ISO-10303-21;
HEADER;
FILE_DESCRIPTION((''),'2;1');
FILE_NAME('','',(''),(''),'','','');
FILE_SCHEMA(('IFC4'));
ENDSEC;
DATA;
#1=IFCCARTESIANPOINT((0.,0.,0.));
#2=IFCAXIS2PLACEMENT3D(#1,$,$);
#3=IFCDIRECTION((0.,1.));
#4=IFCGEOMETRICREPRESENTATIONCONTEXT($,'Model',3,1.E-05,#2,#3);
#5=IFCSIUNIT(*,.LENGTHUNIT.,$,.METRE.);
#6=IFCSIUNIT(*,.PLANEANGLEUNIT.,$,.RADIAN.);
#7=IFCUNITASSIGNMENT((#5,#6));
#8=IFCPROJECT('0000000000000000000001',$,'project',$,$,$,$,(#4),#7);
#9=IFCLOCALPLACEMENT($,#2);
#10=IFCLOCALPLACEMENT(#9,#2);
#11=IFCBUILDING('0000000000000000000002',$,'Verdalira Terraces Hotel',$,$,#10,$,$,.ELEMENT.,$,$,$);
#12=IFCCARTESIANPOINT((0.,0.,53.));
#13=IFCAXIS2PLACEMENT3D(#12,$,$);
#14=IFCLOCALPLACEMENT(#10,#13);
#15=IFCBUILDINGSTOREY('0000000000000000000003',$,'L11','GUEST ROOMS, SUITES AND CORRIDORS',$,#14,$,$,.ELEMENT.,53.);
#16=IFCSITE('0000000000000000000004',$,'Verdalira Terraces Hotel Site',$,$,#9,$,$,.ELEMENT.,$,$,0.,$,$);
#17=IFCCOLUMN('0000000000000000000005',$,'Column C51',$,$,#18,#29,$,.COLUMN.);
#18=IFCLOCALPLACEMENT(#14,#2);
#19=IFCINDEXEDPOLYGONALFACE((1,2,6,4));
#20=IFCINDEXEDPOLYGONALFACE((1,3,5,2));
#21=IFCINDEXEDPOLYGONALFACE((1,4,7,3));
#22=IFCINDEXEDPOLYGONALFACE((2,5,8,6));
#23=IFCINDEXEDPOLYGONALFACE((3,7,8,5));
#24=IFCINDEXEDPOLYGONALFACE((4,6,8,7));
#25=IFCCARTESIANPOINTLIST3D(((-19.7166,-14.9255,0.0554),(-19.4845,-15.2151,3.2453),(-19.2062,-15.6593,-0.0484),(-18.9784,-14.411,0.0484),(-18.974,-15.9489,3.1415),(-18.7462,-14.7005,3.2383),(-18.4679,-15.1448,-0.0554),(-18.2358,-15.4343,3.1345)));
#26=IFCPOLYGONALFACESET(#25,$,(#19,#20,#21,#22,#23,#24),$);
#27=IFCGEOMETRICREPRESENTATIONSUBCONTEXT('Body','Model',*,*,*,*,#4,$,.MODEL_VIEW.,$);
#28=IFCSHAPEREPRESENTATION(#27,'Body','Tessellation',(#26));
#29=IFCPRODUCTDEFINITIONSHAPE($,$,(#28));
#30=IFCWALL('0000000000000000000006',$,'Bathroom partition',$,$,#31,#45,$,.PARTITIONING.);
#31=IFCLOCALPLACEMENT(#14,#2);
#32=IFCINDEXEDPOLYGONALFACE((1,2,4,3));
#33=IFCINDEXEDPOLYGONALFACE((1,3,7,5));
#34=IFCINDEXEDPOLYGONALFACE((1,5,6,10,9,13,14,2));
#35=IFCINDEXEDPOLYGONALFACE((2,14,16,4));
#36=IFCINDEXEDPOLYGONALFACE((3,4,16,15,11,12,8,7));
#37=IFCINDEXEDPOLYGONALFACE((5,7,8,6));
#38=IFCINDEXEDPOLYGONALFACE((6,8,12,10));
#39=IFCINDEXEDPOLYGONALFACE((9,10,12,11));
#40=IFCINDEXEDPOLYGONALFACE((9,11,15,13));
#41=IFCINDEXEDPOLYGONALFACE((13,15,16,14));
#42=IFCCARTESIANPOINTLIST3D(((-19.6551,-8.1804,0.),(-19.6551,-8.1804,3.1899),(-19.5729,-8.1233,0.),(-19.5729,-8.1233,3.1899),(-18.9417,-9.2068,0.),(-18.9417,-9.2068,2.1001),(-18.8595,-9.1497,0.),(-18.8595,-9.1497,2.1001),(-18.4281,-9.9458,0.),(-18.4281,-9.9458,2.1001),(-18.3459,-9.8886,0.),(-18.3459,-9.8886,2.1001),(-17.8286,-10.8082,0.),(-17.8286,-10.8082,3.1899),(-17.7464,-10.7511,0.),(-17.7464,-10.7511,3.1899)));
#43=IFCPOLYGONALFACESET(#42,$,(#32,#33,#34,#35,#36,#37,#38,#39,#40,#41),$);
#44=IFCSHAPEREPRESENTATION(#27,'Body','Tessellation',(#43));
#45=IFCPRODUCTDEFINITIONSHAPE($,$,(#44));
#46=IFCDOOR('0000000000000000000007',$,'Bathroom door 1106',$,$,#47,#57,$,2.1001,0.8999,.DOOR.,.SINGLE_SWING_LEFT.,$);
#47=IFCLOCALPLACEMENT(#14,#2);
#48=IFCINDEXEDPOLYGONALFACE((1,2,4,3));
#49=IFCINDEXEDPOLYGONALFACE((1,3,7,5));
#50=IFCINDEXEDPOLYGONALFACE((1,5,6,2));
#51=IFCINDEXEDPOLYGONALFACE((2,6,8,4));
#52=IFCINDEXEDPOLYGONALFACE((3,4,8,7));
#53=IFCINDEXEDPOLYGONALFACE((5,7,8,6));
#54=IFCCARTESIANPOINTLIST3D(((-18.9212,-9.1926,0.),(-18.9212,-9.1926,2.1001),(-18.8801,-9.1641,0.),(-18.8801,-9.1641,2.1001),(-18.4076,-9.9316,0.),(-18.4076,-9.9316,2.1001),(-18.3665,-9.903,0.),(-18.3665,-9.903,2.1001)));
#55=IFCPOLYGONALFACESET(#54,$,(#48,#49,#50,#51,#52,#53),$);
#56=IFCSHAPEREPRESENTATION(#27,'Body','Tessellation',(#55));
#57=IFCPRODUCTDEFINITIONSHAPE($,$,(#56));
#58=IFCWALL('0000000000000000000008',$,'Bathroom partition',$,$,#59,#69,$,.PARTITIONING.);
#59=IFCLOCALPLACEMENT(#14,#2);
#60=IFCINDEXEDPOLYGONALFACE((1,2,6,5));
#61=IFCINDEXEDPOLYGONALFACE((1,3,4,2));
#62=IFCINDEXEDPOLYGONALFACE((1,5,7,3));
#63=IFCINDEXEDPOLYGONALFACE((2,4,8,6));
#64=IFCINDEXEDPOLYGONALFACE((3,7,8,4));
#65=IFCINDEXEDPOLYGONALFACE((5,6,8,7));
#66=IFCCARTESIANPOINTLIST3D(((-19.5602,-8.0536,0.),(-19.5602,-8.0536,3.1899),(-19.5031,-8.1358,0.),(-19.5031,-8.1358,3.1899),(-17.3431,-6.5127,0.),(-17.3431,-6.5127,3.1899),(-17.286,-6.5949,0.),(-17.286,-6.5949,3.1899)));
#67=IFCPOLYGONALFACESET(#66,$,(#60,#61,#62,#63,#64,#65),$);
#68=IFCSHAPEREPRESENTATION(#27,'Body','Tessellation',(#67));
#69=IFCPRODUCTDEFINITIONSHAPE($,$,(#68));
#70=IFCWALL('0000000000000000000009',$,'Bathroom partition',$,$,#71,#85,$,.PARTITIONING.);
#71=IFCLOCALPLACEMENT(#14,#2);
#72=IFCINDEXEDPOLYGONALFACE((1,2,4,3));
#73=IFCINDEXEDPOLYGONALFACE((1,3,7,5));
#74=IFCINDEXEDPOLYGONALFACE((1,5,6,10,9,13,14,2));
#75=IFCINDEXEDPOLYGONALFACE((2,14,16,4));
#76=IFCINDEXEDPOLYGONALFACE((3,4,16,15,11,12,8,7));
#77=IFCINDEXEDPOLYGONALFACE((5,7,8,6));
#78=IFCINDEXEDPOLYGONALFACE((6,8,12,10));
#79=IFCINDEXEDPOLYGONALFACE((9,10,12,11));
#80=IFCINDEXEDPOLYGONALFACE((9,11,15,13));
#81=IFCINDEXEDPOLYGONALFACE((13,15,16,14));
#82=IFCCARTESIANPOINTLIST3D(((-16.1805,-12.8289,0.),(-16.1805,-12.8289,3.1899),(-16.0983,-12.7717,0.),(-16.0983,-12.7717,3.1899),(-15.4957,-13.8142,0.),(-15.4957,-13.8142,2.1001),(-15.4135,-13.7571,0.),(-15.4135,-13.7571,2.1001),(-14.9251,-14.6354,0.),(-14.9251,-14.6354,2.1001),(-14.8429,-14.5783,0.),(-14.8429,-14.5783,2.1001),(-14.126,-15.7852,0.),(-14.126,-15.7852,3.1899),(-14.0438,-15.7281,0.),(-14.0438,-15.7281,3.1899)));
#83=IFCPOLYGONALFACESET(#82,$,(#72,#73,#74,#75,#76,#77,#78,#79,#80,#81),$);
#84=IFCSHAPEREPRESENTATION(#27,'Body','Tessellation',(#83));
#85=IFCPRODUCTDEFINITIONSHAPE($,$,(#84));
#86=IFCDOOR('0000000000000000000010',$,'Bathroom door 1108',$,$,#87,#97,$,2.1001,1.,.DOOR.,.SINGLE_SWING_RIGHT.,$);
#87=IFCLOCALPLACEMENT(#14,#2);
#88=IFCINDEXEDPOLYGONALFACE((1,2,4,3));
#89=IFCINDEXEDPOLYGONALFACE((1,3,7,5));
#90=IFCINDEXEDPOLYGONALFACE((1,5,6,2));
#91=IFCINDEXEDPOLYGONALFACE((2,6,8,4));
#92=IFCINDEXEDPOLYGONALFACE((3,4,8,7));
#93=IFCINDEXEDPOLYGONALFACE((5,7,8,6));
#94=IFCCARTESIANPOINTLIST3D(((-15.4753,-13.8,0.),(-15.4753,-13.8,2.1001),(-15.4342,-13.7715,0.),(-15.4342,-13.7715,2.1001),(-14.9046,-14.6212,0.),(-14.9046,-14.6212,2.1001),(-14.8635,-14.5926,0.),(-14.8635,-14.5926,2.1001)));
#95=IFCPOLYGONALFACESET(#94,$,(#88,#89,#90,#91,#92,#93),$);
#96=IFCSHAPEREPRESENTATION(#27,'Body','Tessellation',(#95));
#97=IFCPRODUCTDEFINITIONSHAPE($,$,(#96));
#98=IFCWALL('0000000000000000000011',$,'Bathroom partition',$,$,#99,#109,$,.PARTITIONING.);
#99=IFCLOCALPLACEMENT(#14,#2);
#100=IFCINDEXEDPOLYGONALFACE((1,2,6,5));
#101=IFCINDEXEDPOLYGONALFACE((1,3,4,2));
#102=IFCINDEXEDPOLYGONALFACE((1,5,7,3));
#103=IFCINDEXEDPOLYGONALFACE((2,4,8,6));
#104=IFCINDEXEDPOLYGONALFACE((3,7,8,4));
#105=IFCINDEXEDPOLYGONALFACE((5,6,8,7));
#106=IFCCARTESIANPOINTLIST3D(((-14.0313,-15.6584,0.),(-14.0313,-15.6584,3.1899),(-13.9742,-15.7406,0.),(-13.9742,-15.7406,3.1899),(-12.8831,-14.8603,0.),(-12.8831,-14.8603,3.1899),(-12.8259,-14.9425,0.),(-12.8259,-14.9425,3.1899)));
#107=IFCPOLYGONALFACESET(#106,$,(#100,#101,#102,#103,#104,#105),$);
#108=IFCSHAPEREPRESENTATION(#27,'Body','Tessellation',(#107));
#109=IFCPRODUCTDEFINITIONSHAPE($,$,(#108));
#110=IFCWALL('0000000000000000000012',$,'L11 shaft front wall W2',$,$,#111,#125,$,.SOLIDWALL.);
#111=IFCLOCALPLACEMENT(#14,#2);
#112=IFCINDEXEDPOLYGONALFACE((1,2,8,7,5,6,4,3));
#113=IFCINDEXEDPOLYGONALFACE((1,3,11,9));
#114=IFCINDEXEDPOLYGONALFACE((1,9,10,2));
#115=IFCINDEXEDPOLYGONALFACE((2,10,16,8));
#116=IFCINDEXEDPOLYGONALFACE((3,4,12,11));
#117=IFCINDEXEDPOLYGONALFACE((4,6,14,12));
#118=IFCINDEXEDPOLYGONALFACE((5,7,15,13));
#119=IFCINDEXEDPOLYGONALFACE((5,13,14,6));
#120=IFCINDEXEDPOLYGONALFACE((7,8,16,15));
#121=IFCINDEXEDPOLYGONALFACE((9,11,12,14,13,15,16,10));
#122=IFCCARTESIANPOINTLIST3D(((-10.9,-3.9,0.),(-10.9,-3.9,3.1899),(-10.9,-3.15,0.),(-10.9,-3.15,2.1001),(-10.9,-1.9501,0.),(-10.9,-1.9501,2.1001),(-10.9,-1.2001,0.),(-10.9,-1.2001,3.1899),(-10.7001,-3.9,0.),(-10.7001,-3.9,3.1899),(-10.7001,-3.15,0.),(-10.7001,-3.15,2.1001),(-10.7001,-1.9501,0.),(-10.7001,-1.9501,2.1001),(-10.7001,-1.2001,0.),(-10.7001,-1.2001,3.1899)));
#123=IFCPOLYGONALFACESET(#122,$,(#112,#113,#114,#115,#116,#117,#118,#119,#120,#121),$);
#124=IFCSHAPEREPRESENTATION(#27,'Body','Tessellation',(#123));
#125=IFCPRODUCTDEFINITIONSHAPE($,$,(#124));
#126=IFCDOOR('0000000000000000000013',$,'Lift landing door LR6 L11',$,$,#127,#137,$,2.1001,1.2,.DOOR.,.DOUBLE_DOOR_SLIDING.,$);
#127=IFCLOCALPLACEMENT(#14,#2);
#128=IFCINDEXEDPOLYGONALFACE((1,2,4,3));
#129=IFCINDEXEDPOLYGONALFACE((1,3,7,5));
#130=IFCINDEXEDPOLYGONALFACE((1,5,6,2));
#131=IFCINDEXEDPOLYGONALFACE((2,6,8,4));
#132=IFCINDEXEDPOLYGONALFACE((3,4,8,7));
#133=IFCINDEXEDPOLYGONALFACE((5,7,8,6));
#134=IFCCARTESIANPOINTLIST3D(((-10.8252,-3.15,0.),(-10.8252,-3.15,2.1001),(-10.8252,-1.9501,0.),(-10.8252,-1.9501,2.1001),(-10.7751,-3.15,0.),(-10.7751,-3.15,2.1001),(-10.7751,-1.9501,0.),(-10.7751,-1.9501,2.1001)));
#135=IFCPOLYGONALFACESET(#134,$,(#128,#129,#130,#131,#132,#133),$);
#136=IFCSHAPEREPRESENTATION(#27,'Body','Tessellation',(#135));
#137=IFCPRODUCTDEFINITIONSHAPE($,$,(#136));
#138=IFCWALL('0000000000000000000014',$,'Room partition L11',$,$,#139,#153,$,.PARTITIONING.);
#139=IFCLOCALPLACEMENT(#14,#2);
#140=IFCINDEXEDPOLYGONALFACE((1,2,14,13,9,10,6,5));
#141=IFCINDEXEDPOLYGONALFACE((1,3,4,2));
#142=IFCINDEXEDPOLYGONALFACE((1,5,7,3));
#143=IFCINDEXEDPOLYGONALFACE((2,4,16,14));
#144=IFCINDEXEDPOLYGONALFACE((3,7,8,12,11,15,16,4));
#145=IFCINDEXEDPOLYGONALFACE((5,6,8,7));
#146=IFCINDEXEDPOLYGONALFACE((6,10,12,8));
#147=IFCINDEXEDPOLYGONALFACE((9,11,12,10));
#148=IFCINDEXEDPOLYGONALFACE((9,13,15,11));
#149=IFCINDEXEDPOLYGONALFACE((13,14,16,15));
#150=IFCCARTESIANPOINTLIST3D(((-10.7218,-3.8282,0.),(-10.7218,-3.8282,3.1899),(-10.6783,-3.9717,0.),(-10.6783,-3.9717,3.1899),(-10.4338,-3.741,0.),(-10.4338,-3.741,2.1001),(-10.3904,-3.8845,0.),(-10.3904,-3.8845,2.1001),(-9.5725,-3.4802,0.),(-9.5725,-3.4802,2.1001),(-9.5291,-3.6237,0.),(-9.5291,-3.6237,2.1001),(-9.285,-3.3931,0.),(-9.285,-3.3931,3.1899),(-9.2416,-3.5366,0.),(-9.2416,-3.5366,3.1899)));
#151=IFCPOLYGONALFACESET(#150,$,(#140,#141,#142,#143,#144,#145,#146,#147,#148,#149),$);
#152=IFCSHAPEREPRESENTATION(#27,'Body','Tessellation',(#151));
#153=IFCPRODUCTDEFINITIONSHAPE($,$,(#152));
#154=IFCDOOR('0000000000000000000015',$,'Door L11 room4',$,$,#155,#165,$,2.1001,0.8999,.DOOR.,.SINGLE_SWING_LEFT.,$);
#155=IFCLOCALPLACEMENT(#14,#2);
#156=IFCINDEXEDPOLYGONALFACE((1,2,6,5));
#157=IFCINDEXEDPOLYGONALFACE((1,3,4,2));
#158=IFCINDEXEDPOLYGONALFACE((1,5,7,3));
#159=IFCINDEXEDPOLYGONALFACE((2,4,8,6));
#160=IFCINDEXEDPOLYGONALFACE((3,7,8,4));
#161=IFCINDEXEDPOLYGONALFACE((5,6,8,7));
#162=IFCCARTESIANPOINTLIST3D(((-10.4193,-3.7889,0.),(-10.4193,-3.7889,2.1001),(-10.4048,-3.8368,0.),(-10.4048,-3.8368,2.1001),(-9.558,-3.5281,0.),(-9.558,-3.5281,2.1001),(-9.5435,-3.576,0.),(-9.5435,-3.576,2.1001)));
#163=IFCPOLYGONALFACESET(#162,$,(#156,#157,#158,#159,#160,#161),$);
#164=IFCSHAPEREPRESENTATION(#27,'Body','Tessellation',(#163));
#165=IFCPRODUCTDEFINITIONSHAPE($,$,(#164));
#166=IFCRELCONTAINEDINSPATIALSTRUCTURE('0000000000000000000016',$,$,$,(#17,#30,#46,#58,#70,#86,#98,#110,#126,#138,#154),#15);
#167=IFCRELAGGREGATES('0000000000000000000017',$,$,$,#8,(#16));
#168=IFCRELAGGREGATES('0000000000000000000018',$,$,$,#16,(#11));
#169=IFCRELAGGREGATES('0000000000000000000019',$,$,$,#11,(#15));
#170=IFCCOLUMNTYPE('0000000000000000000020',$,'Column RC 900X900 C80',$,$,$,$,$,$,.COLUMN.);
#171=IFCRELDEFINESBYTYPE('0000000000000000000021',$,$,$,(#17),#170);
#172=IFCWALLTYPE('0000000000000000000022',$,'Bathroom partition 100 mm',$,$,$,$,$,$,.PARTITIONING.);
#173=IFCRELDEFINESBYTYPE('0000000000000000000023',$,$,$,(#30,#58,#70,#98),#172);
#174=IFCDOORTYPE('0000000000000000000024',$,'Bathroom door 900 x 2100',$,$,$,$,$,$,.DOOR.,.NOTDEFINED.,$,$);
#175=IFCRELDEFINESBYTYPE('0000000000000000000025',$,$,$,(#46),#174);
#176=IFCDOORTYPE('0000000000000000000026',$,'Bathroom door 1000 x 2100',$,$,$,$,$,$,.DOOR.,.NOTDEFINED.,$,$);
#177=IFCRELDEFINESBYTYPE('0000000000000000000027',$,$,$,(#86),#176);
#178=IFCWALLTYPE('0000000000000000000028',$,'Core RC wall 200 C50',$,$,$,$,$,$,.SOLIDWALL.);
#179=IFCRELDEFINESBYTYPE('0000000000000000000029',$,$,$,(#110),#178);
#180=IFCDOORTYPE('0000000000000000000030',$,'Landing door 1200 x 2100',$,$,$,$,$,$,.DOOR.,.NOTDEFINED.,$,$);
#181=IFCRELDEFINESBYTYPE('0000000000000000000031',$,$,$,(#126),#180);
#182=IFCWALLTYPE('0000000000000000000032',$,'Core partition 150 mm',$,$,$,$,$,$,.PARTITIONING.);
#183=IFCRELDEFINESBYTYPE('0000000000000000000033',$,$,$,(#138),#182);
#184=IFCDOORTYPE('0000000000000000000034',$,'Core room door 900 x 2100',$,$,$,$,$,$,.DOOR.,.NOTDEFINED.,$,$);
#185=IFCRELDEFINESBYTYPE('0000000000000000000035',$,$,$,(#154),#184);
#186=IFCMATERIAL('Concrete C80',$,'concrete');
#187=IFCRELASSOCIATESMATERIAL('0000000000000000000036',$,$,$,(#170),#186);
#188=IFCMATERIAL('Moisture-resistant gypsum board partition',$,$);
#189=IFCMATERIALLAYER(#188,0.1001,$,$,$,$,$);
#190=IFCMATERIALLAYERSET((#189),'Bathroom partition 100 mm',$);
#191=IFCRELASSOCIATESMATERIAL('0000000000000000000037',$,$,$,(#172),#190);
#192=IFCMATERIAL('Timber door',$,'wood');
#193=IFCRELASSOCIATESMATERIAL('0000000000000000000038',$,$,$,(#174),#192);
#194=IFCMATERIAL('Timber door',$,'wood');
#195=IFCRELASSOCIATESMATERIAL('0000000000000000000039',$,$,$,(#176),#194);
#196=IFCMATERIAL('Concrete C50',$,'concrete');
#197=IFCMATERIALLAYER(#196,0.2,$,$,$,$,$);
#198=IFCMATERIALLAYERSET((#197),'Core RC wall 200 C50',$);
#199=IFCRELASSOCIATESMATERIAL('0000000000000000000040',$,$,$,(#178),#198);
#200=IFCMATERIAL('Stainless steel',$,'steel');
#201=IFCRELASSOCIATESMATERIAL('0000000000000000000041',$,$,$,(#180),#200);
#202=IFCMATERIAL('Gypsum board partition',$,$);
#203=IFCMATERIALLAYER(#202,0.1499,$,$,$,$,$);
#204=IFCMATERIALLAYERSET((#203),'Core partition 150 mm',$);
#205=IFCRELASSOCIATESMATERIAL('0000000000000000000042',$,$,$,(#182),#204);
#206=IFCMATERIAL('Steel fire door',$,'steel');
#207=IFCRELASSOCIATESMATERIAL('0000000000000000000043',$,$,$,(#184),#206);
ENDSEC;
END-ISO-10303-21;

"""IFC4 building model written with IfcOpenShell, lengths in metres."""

from ifc_helpers import new_model, si_unit, direction, frame, frame_2d, origin, origin_2d, place, context, subcontext, project, spatial, rectangle, extrude, material, layer, layer_set, material_profile, profile_set, type_object, element, fill, save


model = new_model("IFC4")

# Units and contexts
model_context = context("Model", 3, precision=1e-05, world=origin(), true_north=direction((0.0, 1.0)))
body_context = subcontext(model_context, "Body", "Model", "MODEL_VIEW")
ifc_project = project(units=[si_unit("LENGTHUNIT", "METRE"), si_unit("PLANEANGLEUNIT", "RADIAN")], contexts=[model_context])

# Site, building, storey
site_placement = place(None, origin())
site = spatial("IfcSite", under=ifc_project, at=site_placement, Name="Verdalira Terraces Hotel Site", CompositionType="ELEMENT", RefElevation=0.0)
building_placement = place(site_placement, origin())
building = spatial("IfcBuilding", under=site, at=building_placement, Name="Verdalira Terraces Hotel", CompositionType="ELEMENT")
storey_placement = place(building_placement, frame((0.0, 0.0, 53.0)))
storey = spatial("IfcBuildingStorey", under=building, at=storey_placement, Name="L11", Description="GUEST ROOMS, SUITES AND CORRIDORS", CompositionType="ELEMENT", Elevation=53.0)

# Column
ifc_material_1 = material(Name="Concrete C80", Category="concrete")
ifc_material_profile = material_profile(ifc_material_1, rectangle(XDim=0.8999, YDim=0.8999, at=origin_2d()), Name="RC 900X900")
ifc_profile_set = profile_set([ifc_material_profile], Name="Concrete C80")
column_type = type_object("IfcColumnType", Name="Column RC 900X900 C80", PredefinedType="COLUMN", material=ifc_profile_set)
column_placement = place(storey_placement, frame((-19.0923, -15.0352, 0.0), z_axis=(0.072297, -0.090162, 0.9933), x_axis=(-0.820368, -0.571783, 0.007809)))
element("IfcColumn", 1, at=column_placement, inside=storey, type_object=column_type, Name="Column C51", PredefinedType="COLUMN", context=body_context, shape_type="SweptSolid", body=[
    extrude(rectangle(XDim=0.8999, YDim=0.8999, at=origin_2d()), origin(), (0.0, 0.0, 1.0), 3.2114),
])

# Wall, opening, door
ifc_material_2 = material(Name="Moisture-resistant gypsum board partition")
ifc_layer_1 = layer(ifc_material_2, 0.1001)
ifc_layer_set_1 = layer_set([ifc_layer_1], Name="Bathroom partition 100 mm")
wall_type_1 = type_object("IfcWallType", Name="Bathroom partition 100 mm", PredefinedType="PARTITIONING", material=ifc_layer_set_1)
wall_1_placement = place(storey_placement, frame((-19.614, -8.1519, 0.0), z_axis=(0.0, 0.0, 1.0), x_axis=(0.57074, -0.821131, 0.0)))
wall_1 = element("IfcWall", 2, at=wall_1_placement, inside=storey, type_object=wall_type_1, Name="Bathroom partition", PredefinedType="PARTITIONING", context=body_context, shape_type="SweptSolid", body=[
    extrude(rectangle(XDim=3.2002, YDim=0.1001, at=frame_2d((1.6001, 0.0))), origin(), (0.0, 0.0, 1.0), 3.1899),
])
opening_1_placement = place(wall_1_placement, frame((1.25, 0.0, 0.0)))
opening_1 = element("IfcOpeningElement", 3, at=opening_1_placement, cuts=wall_1, PredefinedType="OPENING", context=body_context, shape_type="SweptSolid", body=[
    extrude(rectangle(XDim=0.8999, YDim=2.1001, at=frame_2d((0.45, 1.05))), frame((0.0, 0.0601, 0.0), z_axis=(0.0, -1.0, 0.0), x_axis=(1.0, 0.0, 0.0)), (0.0, 0.0, 1.0), 0.1201),
])
ifc_material_3 = material(Name="Timber door", Category="wood")
door_type_1 = type_object("IfcDoorType", Name="Bathroom door 900 x 2100", OperationType="NOTDEFINED", PredefinedType="DOOR", material=ifc_material_3)
door_1_placement = place(opening_1_placement, origin())
door_1 = element("IfcDoor", 4, at=door_1_placement, inside=storey, type_object=door_type_1, Name="Bathroom door 1106", OperationType="SINGLE_SWING_LEFT", OverallHeight=2.1001, OverallWidth=0.8999, PredefinedType="DOOR", context=body_context, shape_type="SweptSolid", body=[
    extrude(rectangle(XDim=0.8999, YDim=2.1001, at=frame_2d((0.45, 1.05))), frame((0.0, 0.0249, 0.0), z_axis=(0.0, -1.0, 0.0), x_axis=(1.0, 0.0, 0.0)), (0.0, 0.0, 1.0), 0.05),
])
fill(opening_1, door_1)

# Wall
wall_2_placement = place(storey_placement, frame((-19.5317, -8.0947, 0.0), z_axis=(0.0, 0.0, 1.0), x_axis=(0.821169, 0.570686, 0.0)))
element("IfcWall", 5, at=wall_2_placement, inside=storey, type_object=wall_type_1, Name="Bathroom partition", PredefinedType="PARTITIONING", context=body_context, shape_type="SweptSolid", body=[
    extrude(rectangle(XDim=2.7, YDim=0.1001, at=frame_2d((1.3501, 0.0))), origin(), (0.0, 0.0, 1.0), 3.1899),
])

# Wall, opening, door
wall_3_placement = place(storey_placement, frame((-16.1394, -12.8003, 0.0), z_axis=(0.0, 0.0, 1.0), x_axis=(0.570669, -0.82118, 0.0)))
wall_3 = element("IfcWall", 6, at=wall_3_placement, inside=storey, type_object=wall_type_1, Name="Bathroom partition", PredefinedType="PARTITIONING", context=body_context, shape_type="SweptSolid", body=[
    extrude(rectangle(XDim=3.6001, YDim=0.1001, at=frame_2d((1.8, 0.0))), origin(), (0.0, 0.0, 1.0), 3.1899),
])
opening_2_placement = place(wall_3_placement, frame((1.2, 0.0, 0.0)))
opening_2 = element("IfcOpeningElement", 7, at=opening_2_placement, cuts=wall_3, PredefinedType="OPENING", context=body_context, shape_type="SweptSolid", body=[
    extrude(rectangle(XDim=1.0, YDim=2.1001, at=frame_2d((0.5, 1.05))), frame((0.0, 0.0601, 0.0), z_axis=(0.0, -1.0, 0.0), x_axis=(1.0, 0.0, 0.0)), (0.0, 0.0, 1.0), 0.1201),
])
ifc_material_4 = material(Name="Timber door", Category="wood")
door_type_2 = type_object("IfcDoorType", Name="Bathroom door 1000 x 2100", OperationType="NOTDEFINED", PredefinedType="DOOR", material=ifc_material_4)
door_2_placement = place(opening_2_placement, origin())
door_2 = element("IfcDoor", 8, at=door_2_placement, inside=storey, type_object=door_type_2, Name="Bathroom door 1108", OperationType="SINGLE_SWING_RIGHT", OverallHeight=2.1001, OverallWidth=1.0, PredefinedType="DOOR", context=body_context, shape_type="SweptSolid", body=[
    extrude(rectangle(XDim=1.0, YDim=2.1001, at=frame_2d((0.5, 1.05))), frame((0.0, 0.0249, 0.0), z_axis=(0.0, -1.0, 0.0), x_axis=(1.0, 0.0, 0.0)), (0.0, 0.0, 1.0), 0.05),
])
fill(opening_2, door_2)

# Wall
wall_4_placement = place(storey_placement, frame((-12.8545, -14.9014, 0.0), z_axis=(0.0, 0.0, 1.0), x_axis=(-0.821122, -0.570752, 0.0)))
element("IfcWall", 9, at=wall_4_placement, inside=storey, type_object=wall_type_1, Name="Bathroom partition", PredefinedType="PARTITIONING", context=body_context, shape_type="SweptSolid", body=[
    extrude(rectangle(XDim=1.3984, YDim=0.1001, at=frame_2d((0.6992, 0.0))), origin(), (0.0, 0.0, 1.0), 3.1899),
])

# Walls, openings, doors
ifc_material_5 = material(Name="Concrete C50", Category="concrete")
ifc_layer_2 = layer(ifc_material_5, 0.2)
ifc_layer_set_2 = layer_set([ifc_layer_2], Name="Core RC wall 200 C50")
wall_type_2 = type_object("IfcWallType", Name="Core RC wall 200 C50", PredefinedType="SOLIDWALL", material=ifc_layer_set_2)
wall_5_placement = place(storey_placement, frame((-10.8, -1.2, 0.0), z_axis=(0.0, 0.0, 1.0), x_axis=(0.0, -1.0, 0.0)))
wall_5 = element("IfcWall", 10, at=wall_5_placement, inside=storey, type_object=wall_type_2, Name="L11 shaft front wall W2", PredefinedType="SOLIDWALL", context=body_context, shape_type="SweptSolid", body=[
    extrude(rectangle(XDim=2.7, YDim=0.2, at=frame_2d((1.3501, 0.0))), origin(), (0.0, 0.0, 1.0), 3.1899),
])
opening_3_placement = place(wall_5_placement, frame((0.75, 0.0, 0.0)))
opening_3 = element("IfcOpeningElement", 11, at=opening_3_placement, cuts=wall_5, PredefinedType="OPENING", context=body_context, shape_type="SweptSolid", body=[
    extrude(rectangle(XDim=1.2, YDim=2.1001, at=frame_2d((0.6001, 1.05))), frame((0.0, 0.1099, 0.0), z_axis=(0.0, -1.0, 0.0), x_axis=(1.0, 0.0, 0.0)), (0.0, 0.0, 1.0), 0.22),
])
ifc_material_6 = material(Name="Stainless steel", Category="steel")
door_type_3 = type_object("IfcDoorType", Name="Landing door 1200 x 2100", OperationType="NOTDEFINED", PredefinedType="DOOR", material=ifc_material_6)
door_3_placement = place(opening_3_placement, origin())
door_3 = element("IfcDoor", 12, at=door_3_placement, inside=storey, type_object=door_type_3, Name="Lift landing door LR6 L11", OperationType="DOUBLE_DOOR_SLIDING", OverallHeight=2.1001, OverallWidth=1.2, PredefinedType="DOOR", context=body_context, shape_type="SweptSolid", body=[
    extrude(rectangle(XDim=1.2, YDim=2.1001, at=frame_2d((0.6001, 1.05))), frame((0.0, 0.0249, 0.0), z_axis=(0.0, -1.0, 0.0), x_axis=(1.0, 0.0, 0.0)), (0.0, 0.0, 1.0), 0.05),
])
fill(opening_3, door_3)
ifc_material_7 = material(Name="Gypsum board partition")
ifc_layer_3 = layer(ifc_material_7, 0.1499)
ifc_layer_set_3 = layer_set([ifc_layer_3], Name="Core partition 150 mm")
wall_type_3 = type_object("IfcWallType", Name="Core partition 150 mm", PredefinedType="PARTITIONING", material=ifc_layer_set_3)
wall_6_placement = place(storey_placement, frame((-10.7, -3.8999, 0.0), z_axis=(0.0, 0.0, 1.0), x_axis=(0.957085, 0.289809, 0.0)))
wall_6 = element("IfcWall", 13, at=wall_6_placement, inside=storey, type_object=wall_type_3, Name="Room partition L11", PredefinedType="PARTITIONING", context=body_context, shape_type="SweptSolid", body=[
    extrude(rectangle(XDim=1.5012, YDim=0.1499, at=frame_2d((0.7505, 0.0))), origin(), (0.0, 0.0, 1.0), 3.1899),
])
opening_4_placement = place(wall_6_placement, frame((0.3008, 0.0, 0.0)))
opening_4 = element("IfcOpeningElement", 14, at=opening_4_placement, cuts=wall_6, PredefinedType="OPENING", context=body_context, shape_type="SweptSolid", body=[
    extrude(rectangle(XDim=0.8999, YDim=2.1001, at=frame_2d((0.45, 1.05))), frame((0.0, 0.085, 0.0), z_axis=(0.0, -1.0, 0.0), x_axis=(1.0, 0.0, 0.0)), (0.0, 0.0, 1.0), 0.1699),
])
ifc_material_8 = material(Name="Steel fire door", Category="steel")
door_type_4 = type_object("IfcDoorType", Name="Core room door 900 x 2100", OperationType="NOTDEFINED", PredefinedType="DOOR", material=ifc_material_8)
door_4_placement = place(opening_4_placement, origin())
door_4 = element("IfcDoor", 15, at=door_4_placement, inside=storey, type_object=door_type_4, Name="Door L11 room4", OperationType="SINGLE_SWING_LEFT", OverallHeight=2.1001, OverallWidth=0.8999, PredefinedType="DOOR", context=body_context, shape_type="SweptSolid", body=[
    extrude(rectangle(XDim=0.8999, YDim=2.1001, at=frame_2d((0.45, 1.05))), frame((0.0, 0.0249, 0.0), z_axis=(0.0, -1.0, 0.0), x_axis=(1.0, 0.0, 0.0)), (0.0, 0.0, 1.0), 0.05),
])
fill(opening_4, door_4)

save(model, "model.ifc")
